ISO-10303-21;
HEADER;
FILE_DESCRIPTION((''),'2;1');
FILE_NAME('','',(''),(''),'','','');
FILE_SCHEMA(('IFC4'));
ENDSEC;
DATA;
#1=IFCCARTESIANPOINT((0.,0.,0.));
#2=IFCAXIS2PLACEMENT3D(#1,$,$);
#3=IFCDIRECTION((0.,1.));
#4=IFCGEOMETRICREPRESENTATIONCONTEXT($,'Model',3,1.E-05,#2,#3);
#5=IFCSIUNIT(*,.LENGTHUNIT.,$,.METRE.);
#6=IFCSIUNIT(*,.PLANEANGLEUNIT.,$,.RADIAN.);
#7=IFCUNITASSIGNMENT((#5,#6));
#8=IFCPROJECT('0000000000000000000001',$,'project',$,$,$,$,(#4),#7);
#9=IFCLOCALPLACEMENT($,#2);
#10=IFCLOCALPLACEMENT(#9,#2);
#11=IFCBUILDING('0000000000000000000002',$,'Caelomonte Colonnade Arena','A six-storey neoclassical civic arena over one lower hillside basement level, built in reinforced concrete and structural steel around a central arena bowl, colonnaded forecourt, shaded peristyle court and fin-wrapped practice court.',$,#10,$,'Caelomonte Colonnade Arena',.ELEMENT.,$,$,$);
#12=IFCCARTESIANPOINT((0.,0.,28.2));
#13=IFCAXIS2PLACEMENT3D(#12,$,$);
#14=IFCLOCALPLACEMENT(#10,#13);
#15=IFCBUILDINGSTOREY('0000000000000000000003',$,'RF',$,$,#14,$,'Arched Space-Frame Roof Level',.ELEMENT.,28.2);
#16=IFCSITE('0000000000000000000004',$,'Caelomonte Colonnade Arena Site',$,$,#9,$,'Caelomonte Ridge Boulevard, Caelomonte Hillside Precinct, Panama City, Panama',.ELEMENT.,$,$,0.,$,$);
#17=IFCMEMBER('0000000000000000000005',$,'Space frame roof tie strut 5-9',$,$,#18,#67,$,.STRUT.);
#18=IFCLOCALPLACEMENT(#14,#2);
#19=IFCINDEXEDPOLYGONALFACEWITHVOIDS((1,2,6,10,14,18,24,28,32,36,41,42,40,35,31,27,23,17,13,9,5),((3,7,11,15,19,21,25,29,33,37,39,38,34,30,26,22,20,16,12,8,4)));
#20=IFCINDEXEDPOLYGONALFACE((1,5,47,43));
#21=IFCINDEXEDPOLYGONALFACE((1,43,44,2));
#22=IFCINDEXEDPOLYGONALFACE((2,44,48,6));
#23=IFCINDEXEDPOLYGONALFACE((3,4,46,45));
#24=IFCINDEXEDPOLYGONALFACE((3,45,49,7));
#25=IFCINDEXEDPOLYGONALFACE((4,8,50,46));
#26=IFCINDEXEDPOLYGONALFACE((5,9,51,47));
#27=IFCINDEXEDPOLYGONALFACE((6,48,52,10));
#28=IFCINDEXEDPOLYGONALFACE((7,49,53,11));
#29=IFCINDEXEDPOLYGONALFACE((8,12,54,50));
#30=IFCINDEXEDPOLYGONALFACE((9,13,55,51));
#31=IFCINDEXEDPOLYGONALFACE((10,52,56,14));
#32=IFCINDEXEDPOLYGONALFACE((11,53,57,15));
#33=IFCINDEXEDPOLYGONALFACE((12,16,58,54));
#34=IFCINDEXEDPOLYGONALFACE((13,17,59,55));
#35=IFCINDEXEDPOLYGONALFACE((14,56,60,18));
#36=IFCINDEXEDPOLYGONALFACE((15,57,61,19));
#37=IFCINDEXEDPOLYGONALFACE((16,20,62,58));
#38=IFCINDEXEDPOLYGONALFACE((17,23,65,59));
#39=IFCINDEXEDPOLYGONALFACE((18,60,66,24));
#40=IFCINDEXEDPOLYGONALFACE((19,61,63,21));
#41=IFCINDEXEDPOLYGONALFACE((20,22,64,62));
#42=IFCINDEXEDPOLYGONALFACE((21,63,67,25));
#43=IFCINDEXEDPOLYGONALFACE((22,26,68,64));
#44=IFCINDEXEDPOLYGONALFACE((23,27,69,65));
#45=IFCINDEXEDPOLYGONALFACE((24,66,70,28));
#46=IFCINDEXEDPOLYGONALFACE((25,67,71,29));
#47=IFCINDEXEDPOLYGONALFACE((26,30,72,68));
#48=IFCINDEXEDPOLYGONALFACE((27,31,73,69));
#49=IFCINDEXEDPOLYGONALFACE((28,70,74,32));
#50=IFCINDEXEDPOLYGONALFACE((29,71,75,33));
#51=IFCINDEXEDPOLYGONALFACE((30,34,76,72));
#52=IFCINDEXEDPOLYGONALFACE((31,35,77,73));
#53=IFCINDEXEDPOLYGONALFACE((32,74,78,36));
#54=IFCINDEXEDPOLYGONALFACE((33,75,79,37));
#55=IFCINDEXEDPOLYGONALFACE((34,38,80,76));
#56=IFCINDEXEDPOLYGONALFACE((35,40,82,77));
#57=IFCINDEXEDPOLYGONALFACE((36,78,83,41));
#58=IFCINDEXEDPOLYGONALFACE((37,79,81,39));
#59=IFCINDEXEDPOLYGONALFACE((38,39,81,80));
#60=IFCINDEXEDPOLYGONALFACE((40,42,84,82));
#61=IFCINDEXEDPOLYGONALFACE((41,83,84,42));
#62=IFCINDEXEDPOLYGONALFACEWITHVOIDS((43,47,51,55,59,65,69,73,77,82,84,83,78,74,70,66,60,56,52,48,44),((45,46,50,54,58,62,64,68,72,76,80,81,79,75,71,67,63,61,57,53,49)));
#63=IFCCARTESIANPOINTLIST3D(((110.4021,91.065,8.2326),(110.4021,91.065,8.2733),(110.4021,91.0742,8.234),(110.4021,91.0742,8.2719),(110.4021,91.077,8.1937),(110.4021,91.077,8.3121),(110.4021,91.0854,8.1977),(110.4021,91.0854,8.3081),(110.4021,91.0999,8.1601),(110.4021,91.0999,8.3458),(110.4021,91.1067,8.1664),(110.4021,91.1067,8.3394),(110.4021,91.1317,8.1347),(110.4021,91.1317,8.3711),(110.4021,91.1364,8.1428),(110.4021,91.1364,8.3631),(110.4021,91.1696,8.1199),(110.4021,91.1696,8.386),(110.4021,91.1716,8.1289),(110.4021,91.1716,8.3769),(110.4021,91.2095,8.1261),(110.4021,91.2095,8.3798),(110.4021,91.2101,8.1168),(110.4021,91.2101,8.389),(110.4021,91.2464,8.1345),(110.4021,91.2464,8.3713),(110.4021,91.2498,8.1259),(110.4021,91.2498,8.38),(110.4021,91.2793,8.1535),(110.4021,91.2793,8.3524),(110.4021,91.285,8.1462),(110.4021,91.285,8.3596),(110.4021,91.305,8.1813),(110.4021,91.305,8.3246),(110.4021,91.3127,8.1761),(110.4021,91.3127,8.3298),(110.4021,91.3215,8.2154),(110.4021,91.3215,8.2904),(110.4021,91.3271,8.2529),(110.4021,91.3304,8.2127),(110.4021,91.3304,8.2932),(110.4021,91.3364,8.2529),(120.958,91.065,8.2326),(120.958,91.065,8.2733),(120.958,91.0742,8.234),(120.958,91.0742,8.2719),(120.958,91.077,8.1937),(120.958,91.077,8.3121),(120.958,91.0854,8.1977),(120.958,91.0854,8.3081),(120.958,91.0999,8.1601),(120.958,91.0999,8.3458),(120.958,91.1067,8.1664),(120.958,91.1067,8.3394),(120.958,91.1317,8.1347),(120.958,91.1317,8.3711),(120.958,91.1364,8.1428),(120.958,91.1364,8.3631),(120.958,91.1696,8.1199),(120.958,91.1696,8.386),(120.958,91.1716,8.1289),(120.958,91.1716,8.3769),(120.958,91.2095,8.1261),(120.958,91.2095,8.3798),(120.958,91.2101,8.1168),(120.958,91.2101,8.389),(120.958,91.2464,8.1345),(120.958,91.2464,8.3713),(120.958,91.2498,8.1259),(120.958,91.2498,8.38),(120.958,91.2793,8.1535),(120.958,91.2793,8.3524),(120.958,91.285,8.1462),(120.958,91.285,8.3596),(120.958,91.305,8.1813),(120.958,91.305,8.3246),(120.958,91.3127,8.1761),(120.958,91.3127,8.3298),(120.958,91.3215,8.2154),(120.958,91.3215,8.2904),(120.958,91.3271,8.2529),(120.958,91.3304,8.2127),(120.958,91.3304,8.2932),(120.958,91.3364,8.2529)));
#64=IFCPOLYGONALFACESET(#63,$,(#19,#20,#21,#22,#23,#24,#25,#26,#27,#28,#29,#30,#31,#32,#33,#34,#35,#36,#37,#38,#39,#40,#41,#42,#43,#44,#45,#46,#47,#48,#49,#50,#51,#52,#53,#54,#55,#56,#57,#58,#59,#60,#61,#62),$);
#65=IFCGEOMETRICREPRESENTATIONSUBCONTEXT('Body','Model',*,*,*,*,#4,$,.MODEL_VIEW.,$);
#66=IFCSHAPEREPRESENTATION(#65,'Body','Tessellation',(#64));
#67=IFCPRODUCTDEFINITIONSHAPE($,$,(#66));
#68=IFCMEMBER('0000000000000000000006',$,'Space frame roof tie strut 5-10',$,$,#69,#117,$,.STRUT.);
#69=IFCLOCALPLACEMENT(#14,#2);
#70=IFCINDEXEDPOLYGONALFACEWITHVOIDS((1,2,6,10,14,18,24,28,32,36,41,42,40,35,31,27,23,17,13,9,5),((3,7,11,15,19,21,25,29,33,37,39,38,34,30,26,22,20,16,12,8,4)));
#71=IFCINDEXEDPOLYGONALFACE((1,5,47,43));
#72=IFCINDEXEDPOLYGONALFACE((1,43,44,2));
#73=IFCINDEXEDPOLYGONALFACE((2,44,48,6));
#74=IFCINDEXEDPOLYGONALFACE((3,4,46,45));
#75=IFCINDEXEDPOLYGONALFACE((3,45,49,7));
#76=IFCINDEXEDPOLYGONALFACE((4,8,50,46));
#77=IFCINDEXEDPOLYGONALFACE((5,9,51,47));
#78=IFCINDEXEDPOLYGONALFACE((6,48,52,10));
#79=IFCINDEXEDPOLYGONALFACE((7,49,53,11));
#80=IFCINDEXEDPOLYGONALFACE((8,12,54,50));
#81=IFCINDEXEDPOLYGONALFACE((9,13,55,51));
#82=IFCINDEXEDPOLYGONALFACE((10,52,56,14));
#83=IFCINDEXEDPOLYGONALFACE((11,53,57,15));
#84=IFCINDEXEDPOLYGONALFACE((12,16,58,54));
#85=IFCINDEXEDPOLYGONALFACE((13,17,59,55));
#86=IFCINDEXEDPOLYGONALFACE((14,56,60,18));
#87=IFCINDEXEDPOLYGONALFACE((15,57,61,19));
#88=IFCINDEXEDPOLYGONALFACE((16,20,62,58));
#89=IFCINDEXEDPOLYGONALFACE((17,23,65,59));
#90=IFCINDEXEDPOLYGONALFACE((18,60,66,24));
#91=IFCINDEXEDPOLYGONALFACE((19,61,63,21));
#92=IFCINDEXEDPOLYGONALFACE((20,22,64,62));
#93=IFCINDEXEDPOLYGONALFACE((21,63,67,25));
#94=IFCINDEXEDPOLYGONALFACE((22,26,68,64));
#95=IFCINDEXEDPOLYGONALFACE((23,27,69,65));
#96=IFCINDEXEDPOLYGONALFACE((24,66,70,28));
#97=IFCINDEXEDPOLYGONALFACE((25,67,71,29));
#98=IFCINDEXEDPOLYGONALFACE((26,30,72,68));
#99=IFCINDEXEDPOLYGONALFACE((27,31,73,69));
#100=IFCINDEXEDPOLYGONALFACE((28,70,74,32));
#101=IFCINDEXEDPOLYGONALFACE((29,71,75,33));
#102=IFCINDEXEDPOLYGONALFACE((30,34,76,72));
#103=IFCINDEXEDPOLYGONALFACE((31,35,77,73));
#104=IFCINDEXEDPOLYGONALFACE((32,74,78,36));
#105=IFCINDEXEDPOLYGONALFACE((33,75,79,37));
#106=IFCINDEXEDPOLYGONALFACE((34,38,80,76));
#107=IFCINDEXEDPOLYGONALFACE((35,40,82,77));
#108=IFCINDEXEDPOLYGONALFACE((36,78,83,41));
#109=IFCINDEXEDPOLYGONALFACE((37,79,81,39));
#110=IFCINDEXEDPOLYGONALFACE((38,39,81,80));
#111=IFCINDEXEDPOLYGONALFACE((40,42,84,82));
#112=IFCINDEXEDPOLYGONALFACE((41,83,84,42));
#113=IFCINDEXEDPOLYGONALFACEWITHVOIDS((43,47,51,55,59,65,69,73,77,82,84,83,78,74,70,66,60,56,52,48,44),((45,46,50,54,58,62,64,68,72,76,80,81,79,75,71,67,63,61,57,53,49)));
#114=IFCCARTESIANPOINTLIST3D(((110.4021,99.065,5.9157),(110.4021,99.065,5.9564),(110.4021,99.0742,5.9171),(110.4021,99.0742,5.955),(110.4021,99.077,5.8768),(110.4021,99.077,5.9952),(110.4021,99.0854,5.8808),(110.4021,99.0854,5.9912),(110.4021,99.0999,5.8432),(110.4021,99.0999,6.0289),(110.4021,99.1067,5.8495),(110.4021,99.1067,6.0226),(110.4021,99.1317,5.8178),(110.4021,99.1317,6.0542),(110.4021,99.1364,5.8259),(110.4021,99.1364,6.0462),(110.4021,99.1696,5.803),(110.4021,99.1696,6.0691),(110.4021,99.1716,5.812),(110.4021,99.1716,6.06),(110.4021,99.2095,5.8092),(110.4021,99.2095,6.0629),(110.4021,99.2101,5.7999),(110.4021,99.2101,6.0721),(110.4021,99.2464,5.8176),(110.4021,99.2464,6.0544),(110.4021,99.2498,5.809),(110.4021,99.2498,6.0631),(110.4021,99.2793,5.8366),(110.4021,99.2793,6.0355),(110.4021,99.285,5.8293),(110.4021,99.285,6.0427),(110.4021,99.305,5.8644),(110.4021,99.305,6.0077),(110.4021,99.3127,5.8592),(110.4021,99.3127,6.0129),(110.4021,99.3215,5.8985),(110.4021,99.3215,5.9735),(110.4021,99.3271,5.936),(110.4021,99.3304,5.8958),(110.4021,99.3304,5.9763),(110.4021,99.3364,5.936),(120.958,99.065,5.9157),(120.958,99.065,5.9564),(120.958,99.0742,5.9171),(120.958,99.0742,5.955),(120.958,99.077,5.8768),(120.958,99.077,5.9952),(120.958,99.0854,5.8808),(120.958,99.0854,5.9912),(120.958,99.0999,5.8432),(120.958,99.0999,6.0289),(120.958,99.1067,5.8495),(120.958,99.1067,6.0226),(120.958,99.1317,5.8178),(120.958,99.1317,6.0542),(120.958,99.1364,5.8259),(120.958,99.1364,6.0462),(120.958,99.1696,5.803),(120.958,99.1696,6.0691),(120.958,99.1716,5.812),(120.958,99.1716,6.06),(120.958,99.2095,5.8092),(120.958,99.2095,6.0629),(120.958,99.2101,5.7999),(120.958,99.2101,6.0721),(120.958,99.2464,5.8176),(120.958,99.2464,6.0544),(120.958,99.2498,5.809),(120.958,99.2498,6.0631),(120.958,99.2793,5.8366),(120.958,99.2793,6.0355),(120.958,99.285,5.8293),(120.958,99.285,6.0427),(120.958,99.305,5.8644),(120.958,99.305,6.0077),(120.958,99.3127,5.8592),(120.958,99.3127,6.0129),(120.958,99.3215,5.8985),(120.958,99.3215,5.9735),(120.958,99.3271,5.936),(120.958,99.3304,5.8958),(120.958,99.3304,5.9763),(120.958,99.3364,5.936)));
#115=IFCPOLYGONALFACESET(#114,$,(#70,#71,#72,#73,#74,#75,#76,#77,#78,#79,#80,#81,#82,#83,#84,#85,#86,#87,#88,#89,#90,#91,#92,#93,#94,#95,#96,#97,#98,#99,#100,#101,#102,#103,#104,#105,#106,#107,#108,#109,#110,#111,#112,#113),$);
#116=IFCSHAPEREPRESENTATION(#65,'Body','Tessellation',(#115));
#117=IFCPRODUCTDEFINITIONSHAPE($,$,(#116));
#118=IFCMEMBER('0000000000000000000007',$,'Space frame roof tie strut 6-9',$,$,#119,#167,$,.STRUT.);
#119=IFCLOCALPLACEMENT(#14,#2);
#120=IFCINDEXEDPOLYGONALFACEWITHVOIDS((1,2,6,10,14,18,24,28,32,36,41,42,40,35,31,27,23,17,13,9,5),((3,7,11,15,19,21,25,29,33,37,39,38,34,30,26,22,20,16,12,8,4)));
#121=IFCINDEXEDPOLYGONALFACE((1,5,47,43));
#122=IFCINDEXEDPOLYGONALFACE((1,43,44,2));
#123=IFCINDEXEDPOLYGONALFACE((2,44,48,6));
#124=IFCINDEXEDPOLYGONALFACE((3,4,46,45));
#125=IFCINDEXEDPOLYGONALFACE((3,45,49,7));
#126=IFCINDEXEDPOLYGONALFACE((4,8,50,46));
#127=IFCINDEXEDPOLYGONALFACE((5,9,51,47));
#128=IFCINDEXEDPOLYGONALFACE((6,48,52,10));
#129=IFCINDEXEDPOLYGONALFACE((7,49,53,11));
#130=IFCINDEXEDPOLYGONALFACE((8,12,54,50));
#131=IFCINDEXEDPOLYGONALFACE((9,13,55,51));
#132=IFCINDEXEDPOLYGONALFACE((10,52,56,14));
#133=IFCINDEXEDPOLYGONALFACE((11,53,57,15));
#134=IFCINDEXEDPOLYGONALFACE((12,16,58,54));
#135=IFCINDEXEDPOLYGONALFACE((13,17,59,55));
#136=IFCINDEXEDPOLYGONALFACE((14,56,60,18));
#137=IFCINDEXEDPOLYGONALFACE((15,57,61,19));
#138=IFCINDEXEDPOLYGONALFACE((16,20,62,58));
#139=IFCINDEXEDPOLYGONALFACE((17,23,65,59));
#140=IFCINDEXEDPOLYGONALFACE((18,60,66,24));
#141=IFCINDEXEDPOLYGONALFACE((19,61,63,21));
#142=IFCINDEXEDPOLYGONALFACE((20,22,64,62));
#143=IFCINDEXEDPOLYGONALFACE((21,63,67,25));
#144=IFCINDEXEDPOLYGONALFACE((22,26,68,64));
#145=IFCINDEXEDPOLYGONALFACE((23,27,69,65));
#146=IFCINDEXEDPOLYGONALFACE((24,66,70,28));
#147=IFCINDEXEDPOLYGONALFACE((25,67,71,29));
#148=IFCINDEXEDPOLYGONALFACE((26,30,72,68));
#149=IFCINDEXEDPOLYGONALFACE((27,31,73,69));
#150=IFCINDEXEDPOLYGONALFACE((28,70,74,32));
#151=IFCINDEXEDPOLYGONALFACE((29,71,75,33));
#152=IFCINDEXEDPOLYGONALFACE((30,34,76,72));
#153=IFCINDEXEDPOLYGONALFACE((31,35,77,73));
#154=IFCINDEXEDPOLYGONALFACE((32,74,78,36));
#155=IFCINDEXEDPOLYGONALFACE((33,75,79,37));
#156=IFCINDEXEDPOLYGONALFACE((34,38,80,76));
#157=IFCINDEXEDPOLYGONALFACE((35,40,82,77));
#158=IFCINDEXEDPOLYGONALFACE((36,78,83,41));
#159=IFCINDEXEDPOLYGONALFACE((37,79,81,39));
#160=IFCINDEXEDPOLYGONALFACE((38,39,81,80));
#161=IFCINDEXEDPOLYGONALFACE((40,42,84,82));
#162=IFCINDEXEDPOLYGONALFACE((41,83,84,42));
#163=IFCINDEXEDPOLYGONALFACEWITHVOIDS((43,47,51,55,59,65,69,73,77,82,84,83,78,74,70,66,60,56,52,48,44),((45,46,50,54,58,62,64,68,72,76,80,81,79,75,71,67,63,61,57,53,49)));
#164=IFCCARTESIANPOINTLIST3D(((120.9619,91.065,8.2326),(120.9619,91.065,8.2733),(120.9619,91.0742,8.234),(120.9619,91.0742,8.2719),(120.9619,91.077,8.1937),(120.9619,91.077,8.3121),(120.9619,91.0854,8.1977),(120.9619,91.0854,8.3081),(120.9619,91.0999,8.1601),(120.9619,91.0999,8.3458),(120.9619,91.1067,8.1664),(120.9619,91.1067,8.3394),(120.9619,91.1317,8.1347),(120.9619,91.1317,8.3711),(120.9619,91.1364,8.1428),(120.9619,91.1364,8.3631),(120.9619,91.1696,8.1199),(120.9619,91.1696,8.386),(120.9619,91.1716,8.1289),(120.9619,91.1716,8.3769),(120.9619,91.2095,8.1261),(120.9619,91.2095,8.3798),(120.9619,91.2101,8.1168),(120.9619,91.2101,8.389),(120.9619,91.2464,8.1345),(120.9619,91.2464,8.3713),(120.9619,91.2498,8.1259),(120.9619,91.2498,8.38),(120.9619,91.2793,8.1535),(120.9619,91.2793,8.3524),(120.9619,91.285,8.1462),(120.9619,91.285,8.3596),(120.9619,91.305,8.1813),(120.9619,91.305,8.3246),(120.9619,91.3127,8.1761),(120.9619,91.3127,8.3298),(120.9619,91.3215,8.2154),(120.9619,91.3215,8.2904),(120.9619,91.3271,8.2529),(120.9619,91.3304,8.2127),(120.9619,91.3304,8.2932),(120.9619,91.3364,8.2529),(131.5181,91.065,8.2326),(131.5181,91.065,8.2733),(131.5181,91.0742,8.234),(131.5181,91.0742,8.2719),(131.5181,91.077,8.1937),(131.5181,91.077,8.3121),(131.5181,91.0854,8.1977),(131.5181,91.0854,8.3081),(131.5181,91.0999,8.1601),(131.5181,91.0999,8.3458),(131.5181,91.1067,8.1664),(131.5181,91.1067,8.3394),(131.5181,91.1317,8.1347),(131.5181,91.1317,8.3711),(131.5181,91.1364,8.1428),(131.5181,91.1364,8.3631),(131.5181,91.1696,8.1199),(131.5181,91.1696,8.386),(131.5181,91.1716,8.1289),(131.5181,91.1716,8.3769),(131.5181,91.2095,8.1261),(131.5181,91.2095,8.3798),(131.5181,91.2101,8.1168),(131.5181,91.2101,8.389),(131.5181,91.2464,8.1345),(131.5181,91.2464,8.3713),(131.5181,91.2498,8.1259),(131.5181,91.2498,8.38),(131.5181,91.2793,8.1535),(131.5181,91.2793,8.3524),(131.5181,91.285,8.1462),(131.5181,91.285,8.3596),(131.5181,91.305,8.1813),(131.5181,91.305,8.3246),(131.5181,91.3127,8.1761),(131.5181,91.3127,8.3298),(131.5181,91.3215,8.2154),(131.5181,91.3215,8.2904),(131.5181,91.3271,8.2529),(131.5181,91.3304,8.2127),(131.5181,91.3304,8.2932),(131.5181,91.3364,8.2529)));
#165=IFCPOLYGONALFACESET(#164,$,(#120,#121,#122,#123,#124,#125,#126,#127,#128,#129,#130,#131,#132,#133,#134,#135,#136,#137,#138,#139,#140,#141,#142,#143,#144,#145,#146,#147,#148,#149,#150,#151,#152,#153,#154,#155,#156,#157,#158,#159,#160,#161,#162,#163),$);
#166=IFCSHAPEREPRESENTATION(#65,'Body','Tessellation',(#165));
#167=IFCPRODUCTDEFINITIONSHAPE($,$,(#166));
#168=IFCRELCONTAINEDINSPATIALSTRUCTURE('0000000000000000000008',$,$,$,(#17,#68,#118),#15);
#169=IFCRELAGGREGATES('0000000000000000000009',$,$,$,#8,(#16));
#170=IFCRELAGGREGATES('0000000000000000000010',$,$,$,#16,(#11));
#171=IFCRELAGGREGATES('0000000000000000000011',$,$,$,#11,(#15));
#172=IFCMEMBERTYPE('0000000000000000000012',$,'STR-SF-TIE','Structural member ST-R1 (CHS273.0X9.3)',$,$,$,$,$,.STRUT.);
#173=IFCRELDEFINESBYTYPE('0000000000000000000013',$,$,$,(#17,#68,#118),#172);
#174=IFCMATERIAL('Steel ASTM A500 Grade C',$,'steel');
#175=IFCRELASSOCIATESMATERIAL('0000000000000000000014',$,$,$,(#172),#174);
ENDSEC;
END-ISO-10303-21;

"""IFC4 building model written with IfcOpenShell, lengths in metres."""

from ifc_helpers import new_model, si_unit, direction, frame, origin, origin_2d, place, context, subcontext, project, spatial, hollow_circle, extrude, material, material_profile, profile_set, type_object, element, save


model = new_model("IFC4")

# Units and contexts
model_context = context("Model", 3, precision=1e-05, world=origin(), true_north=direction((0.0, 1.0)))
body_context = subcontext(model_context, "Body", "Model", "MODEL_VIEW")
ifc_project = project(units=[si_unit("LENGTHUNIT", "METRE"), si_unit("PLANEANGLEUNIT", "RADIAN")], contexts=[model_context])

# Site, building, storey
site_placement = place(None, origin())
site = spatial("IfcSite", under=ifc_project, at=site_placement, Name="Caelomonte Colonnade Arena Site", LongName="Caelomonte Ridge Boulevard, Caelomonte Hillside Precinct, Panama City, Panama", CompositionType="ELEMENT", RefElevation=0.0)
building_placement = place(site_placement, origin())
building = spatial("IfcBuilding", under=site, at=building_placement, Name="Caelomonte Colonnade Arena", Description="A six-storey neoclassical civic arena over one lower hillside basement level, built in reinforced concrete and structural steel around a central arena bowl, colonnaded forecourt, shaded peristyle court and fin-wrapped practice court.", LongName="Caelomonte Colonnade Arena", CompositionType="ELEMENT")
storey_placement = place(building_placement, frame((0.0, 0.0, 28.2)))
storey = spatial("IfcBuildingStorey", under=building, at=storey_placement, Name="RF", LongName="Arched Space-Frame Roof Level", CompositionType="ELEMENT", Elevation=28.2)

# Members
ifc_material_1 = material(Name="Steel ASTM A500 Grade C", Category="steel")
ifc_material_profile_1 = material_profile(ifc_material_1, hollow_circle(Radius=0.1365, WallThickness=0.0093, at=origin_2d()), Name="CHS273.0X9.3")
ifc_profile_set_1 = profile_set([ifc_material_profile_1], Name="Steel ASTM A500 Grade C")
member_type_1 = type_object("IfcMemberType", Name="STR-SF-TIE", Description="Structural member ST-R1 (CHS273.0X9.3)", PredefinedType="STRUT", material=ifc_profile_set_1)
for number, where, z_axis, x_axis, name in (
    (1, (110.4021, 91.2, 8.2529), (1.0, 0.0, 0.0), (0.0, 1.0, 0.0), "Space frame roof tie strut 5-9"),
    (2, (110.4021, 99.2, 5.936), (1.0, 0.0, 0.0), (0.0, 1.0, 0.0), "Space frame roof tie strut 5-10"),
):
    element("IfcMember", number, at=place(storey_placement, frame(where, z_axis=z_axis, x_axis=x_axis)), inside=storey, type_object=member_type_1, Name=name, PredefinedType="STRUT", context=body_context, shape_type="SweptSolid", body=[
        extrude(hollow_circle(Radius=0.1365, WallThickness=0.0093, at=origin_2d()), origin(), (0.0, 0.0, 1.0), 10.5559),
    ])
for number, where, z_axis, x_axis, name in (
    (3, (120.9619, 91.2, 8.2529), (1.0, 0.0, 0.0), (0.0, 1.0, 0.0), "Space frame roof tie strut 6-9"),
):
    element("IfcMember", number, at=place(storey_placement, frame(where, z_axis=z_axis, x_axis=x_axis)), inside=storey, type_object=member_type_1, Name=name, PredefinedType="STRUT", context=body_context, shape_type="SweptSolid", body=[
        extrude(hollow_circle(Radius=0.1365, WallThickness=0.0093, at=origin_2d()), origin(), (0.0, 0.0, 1.0), 10.5562),
    ])

save(model, "model.ifc")
